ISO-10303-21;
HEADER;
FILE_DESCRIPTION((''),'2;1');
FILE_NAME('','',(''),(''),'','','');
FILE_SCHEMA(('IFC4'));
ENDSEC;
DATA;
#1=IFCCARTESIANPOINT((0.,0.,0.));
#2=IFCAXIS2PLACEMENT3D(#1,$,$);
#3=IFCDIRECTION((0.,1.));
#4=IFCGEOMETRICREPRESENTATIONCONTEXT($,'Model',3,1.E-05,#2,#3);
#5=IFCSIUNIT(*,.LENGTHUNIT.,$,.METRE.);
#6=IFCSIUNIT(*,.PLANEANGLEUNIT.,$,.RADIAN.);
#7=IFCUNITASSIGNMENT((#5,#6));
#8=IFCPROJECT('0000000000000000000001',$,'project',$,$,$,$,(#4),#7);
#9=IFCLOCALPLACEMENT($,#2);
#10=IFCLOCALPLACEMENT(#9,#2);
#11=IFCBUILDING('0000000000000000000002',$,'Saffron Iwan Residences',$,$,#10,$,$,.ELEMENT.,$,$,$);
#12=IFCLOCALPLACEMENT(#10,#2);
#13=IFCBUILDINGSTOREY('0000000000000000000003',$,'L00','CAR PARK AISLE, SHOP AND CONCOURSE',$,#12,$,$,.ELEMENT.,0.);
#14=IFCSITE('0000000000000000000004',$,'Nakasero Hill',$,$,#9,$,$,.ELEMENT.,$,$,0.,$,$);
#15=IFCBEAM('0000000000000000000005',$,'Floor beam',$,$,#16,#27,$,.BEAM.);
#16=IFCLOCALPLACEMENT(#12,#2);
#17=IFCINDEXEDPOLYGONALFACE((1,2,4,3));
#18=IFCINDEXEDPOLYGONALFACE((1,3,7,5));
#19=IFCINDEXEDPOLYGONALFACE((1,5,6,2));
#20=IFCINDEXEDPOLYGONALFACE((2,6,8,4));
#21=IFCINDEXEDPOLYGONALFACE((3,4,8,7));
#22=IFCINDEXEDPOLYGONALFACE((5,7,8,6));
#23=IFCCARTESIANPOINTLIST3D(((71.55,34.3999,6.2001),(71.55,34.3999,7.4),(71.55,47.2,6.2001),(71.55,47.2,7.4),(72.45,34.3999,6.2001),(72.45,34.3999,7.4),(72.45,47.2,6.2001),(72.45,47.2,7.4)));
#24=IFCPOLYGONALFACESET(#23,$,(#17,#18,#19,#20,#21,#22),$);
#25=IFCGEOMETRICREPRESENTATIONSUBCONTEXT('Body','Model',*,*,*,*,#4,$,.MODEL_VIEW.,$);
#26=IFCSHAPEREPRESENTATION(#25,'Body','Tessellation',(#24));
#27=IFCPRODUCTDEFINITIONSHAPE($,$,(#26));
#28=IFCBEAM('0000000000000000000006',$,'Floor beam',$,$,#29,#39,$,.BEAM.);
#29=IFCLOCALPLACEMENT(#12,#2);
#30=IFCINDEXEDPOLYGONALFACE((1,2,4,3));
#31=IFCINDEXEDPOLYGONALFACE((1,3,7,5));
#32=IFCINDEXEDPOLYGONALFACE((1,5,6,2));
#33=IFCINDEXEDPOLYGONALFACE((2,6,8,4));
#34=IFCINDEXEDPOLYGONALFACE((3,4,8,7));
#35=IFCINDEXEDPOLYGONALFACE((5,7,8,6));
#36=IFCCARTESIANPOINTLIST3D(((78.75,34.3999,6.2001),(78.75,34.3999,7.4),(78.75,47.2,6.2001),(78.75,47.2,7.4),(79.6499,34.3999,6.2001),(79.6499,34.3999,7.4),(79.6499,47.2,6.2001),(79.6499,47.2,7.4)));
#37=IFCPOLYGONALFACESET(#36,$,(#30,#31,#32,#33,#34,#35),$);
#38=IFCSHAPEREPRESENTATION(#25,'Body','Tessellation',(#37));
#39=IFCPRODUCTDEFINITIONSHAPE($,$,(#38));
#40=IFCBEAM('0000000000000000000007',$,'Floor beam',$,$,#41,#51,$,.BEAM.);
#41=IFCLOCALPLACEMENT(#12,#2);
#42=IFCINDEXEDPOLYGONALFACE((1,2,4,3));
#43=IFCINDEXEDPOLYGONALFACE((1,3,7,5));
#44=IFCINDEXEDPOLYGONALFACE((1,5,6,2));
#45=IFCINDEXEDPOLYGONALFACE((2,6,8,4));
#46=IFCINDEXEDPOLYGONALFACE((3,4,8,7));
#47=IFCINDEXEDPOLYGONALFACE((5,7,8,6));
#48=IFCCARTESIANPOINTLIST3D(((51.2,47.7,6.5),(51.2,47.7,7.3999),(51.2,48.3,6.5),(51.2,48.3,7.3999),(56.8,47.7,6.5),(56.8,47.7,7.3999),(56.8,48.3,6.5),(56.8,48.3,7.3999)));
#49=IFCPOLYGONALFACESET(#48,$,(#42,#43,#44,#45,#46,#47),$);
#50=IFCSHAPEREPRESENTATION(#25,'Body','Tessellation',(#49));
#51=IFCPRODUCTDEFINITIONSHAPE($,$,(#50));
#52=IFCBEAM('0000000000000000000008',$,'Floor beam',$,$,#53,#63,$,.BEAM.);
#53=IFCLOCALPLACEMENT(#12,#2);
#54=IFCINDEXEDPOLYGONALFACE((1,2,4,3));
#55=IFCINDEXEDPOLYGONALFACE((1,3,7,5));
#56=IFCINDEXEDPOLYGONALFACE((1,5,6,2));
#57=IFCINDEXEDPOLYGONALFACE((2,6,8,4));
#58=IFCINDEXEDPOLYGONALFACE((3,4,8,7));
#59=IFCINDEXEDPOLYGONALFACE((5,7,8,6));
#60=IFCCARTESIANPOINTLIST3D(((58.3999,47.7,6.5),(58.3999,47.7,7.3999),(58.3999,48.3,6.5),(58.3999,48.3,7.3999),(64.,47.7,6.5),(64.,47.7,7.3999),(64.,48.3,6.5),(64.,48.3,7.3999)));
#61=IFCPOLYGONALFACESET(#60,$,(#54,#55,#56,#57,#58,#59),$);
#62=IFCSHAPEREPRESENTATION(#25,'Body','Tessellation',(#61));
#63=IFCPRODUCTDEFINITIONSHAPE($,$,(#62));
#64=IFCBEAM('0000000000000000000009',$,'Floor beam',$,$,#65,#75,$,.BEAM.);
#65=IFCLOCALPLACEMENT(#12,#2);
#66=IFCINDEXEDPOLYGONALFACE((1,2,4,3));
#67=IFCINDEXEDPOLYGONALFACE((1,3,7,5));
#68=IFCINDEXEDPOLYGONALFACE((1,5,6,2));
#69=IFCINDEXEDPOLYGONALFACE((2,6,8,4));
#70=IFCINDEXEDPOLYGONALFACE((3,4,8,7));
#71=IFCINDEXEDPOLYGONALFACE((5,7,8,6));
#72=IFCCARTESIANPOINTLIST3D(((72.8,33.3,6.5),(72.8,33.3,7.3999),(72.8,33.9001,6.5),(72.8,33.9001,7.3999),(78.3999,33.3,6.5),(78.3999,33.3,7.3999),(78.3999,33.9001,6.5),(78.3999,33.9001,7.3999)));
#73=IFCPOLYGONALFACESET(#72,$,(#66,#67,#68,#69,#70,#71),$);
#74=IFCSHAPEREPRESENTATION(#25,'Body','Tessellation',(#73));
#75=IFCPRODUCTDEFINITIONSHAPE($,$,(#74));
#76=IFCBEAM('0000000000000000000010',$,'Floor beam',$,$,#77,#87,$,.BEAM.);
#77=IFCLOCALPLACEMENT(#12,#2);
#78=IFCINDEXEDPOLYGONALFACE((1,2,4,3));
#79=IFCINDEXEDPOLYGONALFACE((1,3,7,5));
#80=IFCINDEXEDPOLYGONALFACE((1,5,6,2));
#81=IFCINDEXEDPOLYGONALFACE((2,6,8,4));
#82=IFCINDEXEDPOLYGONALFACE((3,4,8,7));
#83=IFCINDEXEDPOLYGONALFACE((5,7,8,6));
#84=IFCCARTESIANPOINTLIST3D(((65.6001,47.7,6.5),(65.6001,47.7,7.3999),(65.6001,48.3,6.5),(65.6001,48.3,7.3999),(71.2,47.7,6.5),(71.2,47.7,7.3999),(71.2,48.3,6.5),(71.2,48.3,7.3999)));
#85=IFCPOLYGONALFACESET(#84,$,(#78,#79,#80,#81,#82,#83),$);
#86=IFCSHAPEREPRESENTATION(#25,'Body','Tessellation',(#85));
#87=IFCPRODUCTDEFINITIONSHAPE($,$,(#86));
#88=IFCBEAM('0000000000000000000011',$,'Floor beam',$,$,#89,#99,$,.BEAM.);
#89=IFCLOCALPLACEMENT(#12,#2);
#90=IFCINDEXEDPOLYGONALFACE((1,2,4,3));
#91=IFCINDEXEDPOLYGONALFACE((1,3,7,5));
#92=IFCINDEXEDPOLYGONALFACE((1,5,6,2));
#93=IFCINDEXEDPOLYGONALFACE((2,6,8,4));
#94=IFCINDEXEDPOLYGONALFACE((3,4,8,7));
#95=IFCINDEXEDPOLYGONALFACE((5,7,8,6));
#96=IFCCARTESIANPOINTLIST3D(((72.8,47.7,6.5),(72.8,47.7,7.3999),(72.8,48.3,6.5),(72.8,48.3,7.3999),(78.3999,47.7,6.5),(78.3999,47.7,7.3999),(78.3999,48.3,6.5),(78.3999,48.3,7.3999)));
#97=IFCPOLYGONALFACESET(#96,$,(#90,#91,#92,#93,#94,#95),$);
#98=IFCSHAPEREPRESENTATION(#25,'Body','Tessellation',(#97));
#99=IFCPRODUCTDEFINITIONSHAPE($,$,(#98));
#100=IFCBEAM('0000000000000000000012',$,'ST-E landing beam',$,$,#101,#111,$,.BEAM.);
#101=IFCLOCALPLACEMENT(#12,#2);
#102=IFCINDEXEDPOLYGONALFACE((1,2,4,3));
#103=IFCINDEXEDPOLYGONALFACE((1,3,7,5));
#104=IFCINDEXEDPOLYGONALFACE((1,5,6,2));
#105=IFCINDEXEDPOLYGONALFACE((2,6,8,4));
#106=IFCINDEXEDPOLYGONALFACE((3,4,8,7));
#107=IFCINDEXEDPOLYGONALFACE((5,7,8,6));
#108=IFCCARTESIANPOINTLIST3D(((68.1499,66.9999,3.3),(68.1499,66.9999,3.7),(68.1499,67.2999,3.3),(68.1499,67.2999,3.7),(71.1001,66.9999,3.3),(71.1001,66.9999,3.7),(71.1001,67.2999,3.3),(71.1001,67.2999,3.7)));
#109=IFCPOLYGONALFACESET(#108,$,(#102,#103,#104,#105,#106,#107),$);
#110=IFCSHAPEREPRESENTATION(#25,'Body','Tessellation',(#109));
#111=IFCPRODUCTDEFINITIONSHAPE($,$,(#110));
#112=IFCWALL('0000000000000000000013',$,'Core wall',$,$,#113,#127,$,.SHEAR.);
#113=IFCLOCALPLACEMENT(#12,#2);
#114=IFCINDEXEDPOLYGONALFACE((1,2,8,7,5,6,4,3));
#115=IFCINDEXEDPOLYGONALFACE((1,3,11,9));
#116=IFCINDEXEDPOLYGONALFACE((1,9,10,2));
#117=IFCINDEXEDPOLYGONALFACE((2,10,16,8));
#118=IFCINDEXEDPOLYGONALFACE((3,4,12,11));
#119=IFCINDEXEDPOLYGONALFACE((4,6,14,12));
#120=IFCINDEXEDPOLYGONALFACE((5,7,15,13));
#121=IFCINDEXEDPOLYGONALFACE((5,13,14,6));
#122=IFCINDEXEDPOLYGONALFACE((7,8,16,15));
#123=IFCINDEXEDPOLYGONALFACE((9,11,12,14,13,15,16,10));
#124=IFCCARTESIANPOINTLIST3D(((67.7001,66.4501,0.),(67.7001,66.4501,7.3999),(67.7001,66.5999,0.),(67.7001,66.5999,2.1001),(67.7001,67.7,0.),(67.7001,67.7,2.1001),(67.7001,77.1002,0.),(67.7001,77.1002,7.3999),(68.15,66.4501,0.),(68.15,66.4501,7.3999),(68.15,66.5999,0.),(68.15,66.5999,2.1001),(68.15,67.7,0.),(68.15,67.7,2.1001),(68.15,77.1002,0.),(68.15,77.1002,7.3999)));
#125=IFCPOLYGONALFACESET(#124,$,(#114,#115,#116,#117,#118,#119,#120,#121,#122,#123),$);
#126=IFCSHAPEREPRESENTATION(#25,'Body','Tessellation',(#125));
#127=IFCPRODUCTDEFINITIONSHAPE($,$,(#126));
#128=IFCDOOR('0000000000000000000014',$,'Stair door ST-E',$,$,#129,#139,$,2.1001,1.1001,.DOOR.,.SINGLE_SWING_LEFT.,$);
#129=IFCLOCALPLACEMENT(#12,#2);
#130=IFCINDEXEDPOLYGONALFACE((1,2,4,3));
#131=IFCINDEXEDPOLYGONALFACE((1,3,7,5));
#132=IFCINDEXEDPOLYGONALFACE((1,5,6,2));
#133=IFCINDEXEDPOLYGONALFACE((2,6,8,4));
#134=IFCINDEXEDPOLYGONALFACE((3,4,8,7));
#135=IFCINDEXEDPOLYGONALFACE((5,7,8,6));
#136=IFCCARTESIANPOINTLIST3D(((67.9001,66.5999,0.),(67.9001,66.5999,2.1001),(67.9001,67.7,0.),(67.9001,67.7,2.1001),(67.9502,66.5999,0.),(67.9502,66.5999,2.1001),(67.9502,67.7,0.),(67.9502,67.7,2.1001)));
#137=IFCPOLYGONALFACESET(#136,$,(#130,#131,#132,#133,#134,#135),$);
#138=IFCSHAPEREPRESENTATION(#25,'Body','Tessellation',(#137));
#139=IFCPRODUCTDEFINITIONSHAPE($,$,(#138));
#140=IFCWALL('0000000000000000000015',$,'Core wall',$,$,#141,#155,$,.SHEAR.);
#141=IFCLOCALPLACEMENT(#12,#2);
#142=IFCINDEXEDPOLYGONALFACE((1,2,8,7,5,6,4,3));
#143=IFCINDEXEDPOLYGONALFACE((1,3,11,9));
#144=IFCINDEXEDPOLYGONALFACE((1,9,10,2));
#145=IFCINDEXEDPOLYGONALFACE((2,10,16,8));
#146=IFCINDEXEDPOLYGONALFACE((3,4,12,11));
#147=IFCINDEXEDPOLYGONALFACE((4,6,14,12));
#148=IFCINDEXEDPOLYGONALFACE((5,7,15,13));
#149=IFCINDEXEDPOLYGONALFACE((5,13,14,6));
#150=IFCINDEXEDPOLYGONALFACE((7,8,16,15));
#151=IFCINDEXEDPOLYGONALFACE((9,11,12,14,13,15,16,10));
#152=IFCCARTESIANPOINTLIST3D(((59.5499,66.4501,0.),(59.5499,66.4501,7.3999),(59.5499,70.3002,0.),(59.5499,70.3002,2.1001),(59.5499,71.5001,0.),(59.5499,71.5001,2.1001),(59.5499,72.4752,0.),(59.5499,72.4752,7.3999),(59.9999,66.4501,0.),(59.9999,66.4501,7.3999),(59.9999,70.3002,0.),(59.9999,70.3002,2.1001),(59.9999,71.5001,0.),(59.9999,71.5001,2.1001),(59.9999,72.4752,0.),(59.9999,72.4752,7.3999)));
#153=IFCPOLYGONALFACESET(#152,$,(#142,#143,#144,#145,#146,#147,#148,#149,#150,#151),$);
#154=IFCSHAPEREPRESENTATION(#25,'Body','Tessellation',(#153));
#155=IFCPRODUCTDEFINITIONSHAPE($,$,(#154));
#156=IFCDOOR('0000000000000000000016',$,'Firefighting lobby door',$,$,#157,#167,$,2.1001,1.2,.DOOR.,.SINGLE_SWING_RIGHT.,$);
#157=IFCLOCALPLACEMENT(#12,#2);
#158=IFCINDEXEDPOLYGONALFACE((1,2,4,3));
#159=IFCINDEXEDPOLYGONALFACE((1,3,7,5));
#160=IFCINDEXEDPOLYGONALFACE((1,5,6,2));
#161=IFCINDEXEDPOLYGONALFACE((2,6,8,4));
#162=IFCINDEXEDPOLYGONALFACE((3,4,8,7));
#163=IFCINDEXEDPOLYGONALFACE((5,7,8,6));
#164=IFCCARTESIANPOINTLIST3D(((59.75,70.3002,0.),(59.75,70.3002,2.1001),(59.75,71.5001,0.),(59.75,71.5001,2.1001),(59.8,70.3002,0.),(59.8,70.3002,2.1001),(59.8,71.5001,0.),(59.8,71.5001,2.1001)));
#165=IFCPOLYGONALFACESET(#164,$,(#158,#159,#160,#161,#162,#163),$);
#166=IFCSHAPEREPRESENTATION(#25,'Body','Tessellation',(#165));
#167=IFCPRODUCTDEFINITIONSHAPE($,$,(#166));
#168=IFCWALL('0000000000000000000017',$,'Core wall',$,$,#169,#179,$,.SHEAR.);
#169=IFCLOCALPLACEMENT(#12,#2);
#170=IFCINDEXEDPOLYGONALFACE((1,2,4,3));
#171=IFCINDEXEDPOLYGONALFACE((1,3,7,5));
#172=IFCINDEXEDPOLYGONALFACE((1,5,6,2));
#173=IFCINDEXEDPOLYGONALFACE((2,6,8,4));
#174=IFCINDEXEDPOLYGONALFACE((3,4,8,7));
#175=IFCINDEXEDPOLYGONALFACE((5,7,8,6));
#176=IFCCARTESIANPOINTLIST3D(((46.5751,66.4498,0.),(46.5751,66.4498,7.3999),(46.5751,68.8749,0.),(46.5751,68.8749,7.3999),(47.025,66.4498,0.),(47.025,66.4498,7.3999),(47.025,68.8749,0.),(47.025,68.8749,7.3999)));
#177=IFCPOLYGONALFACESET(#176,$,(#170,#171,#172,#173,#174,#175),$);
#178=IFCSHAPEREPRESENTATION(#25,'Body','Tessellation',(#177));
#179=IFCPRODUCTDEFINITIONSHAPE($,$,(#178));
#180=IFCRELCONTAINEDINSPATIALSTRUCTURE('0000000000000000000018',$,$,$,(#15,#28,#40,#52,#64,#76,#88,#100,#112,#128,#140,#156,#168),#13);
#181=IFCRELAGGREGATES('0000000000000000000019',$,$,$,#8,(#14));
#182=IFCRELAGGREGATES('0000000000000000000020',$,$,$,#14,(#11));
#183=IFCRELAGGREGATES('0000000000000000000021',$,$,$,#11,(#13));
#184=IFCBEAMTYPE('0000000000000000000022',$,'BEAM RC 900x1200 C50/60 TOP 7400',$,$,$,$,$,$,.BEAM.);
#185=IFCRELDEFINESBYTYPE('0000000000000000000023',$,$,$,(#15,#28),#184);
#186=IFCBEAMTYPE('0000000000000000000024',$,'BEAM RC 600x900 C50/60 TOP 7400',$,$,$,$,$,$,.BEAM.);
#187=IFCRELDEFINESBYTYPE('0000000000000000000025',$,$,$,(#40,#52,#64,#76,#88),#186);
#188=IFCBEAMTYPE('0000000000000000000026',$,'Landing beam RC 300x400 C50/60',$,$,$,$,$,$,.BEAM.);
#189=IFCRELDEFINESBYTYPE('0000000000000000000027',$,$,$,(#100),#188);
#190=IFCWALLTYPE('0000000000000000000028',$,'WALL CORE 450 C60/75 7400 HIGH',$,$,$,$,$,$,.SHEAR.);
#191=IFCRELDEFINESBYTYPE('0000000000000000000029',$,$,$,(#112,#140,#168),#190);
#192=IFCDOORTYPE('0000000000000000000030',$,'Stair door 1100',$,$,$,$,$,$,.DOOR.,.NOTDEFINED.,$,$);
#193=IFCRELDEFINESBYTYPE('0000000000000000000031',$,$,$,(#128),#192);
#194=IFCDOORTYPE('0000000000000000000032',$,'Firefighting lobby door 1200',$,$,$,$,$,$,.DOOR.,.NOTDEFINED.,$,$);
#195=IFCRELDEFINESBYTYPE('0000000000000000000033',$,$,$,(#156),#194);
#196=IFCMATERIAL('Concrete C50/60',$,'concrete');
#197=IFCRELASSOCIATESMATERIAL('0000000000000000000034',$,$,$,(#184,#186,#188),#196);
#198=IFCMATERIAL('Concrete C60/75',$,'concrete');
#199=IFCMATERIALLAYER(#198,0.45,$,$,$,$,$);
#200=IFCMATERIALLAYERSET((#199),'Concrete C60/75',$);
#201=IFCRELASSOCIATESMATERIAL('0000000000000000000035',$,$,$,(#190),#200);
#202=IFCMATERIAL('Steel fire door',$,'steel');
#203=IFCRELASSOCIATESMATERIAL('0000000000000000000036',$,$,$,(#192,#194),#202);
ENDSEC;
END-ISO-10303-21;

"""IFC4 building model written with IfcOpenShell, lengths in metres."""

from ifc_helpers import new_model, si_unit, direction, frame, frame_2d, origin, origin_2d, place, context, subcontext, project, spatial, rectangle, extrude, source, transform, mapped, material, layer, layer_set, material_profile, profile_set, type_object, element, fill, save


model = new_model("IFC4")

# Units and contexts
model_context = context("Model", 3, precision=1e-05, world=origin(), true_north=direction((0.0, 1.0)))
body_context = subcontext(model_context, "Body", "Model", "MODEL_VIEW")
ifc_project = project(units=[si_unit("LENGTHUNIT", "METRE"), si_unit("PLANEANGLEUNIT", "RADIAN")], contexts=[model_context])

# Site, building, storey
site_placement = place(None, origin())
site = spatial("IfcSite", under=ifc_project, at=site_placement, Name="Nakasero Hill", CompositionType="ELEMENT", RefElevation=0.0)
building_placement = place(site_placement, origin())
building = spatial("IfcBuilding", under=site, at=building_placement, Name="Saffron Iwan Residences", CompositionType="ELEMENT")
storey_placement = place(building_placement, origin())
storey = spatial("IfcBuildingStorey", under=building, at=storey_placement, Name="L00", Description="CAR PARK AISLE, SHOP AND CONCOURSE", CompositionType="ELEMENT", Elevation=0.0)

# Shared definitions
ifc_material_1 = material(Name="Concrete C50/60", Category="concrete")

# Beams
ifc_material_profile_1 = material_profile(ifc_material_1, rectangle(XDim=0.8999, YDim=1.2, at=origin_2d()), Name="RC 900x1200")
ifc_profile_set_1 = profile_set([ifc_material_profile_1], Name="Concrete C50/60")
beam_type_1 = type_object("IfcBeamType", Name="BEAM RC 900x1200 C50/60 TOP 7400", PredefinedType="BEAM", material=ifc_profile_set_1)
shared_shape_1 = source(origin(), body_context, "Body", "SweptSolid", [
    extrude(rectangle(XDim=0.8999, YDim=1.2, at=origin_2d()), origin(), (0.0, 0.0, 1.0), 12.8),
])
for number, where, z_axis, x_axis, name in (
    (1, (72.0, 34.3999, 6.8), (0.0, 1.0, 0.0), (-1.0, 0.0, 0.0), "Floor beam"),
    (2, (79.2, 34.3999, 6.8), (0.0, 1.0, 0.0), (-1.0, 0.0, 0.0), "Floor beam"),
):
    element("IfcBeam", number, at=place(storey_placement, frame(where, z_axis=z_axis, x_axis=x_axis)), inside=storey, type_object=beam_type_1, Name=name, PredefinedType="BEAM", context=body_context, shape_type="MappedRepresentation", body=[
        mapped(shared_shape_1, transform((0.0, 0.0, 0.0))),
    ])
ifc_material_profile_2 = material_profile(ifc_material_1, rectangle(XDim=0.6001, YDim=0.8999, at=origin_2d()), Name="RC 600x900")
ifc_profile_set_2 = profile_set([ifc_material_profile_2], Name="Concrete C50/60")
beam_type_2 = type_object("IfcBeamType", Name="BEAM RC 600x900 C50/60 TOP 7400", PredefinedType="BEAM", material=ifc_profile_set_2)
shared_shape_2 = source(origin(), body_context, "Body", "SweptSolid", [
    extrude(rectangle(XDim=0.6001, YDim=0.8999, at=origin_2d()), origin(), (0.0, 0.0, 1.0), 5.6001),
])
for number, where, z_axis, x_axis, name in (
    (3, (51.2, 48.0, 6.95), (1.0, 0.0, 0.0), (0.0, 1.0, 0.0), "Floor beam"),
    (4, (58.3999, 48.0, 6.95), (1.0, 0.0, 0.0), (0.0, 1.0, 0.0), "Floor beam"),
):
    element("IfcBeam", number, at=place(storey_placement, frame(where, z_axis=z_axis, x_axis=x_axis)), inside=storey, type_object=beam_type_2, Name=name, PredefinedType="BEAM", context=body_context, shape_type="MappedRepresentation", body=[
        mapped(shared_shape_2, transform((0.0, 0.0, 0.0))),
    ])
shared_shape_3 = source(origin(), body_context, "Body", "SweptSolid", [
    extrude(rectangle(XDim=0.6001, YDim=0.8999, at=origin_2d()), origin(), (0.0, 0.0, 1.0), 5.5999),
])
for number, where, z_axis, x_axis, name in (
    (5, (72.8, 33.6001, 6.95), (1.0, 0.0, 0.0), (0.0, 1.0, 0.0), "Floor beam"),
    (6, (65.6001, 48.0, 6.95), (1.0, 0.0, 0.0), (0.0, 1.0, 0.0), "Floor beam"),
    (7, (72.8, 48.0, 6.95), (1.0, 0.0, 0.0), (0.0, 1.0, 0.0), "Floor beam"),
):
    element("IfcBeam", number, at=place(storey_placement, frame(where, z_axis=z_axis, x_axis=x_axis)), inside=storey, type_object=beam_type_2, Name=name, PredefinedType="BEAM", context=body_context, shape_type="MappedRepresentation", body=[
        mapped(shared_shape_3, transform((0.0, 0.0, 0.0))),
    ])
ifc_material_profile_3 = material_profile(ifc_material_1, rectangle(XDim=0.3, YDim=0.3999, at=origin_2d()), Name="Landing beam RC 300x400 C50/60")
ifc_profile_set_3 = profile_set([ifc_material_profile_3], Name="Concrete C50/60")
beam_type_3 = type_object("IfcBeamType", Name="Landing beam RC 300x400 C50/60", PredefinedType="BEAM", material=ifc_profile_set_3)
shared_shape_4 = source(origin(), body_context, "Body", "SweptSolid", [
    extrude(rectangle(XDim=0.3, YDim=0.3999, at=origin_2d()), origin(), (0.0, 0.0, 1.0), 2.9502),
])
beam_placement = place(storey_placement, frame((71.1001, 67.1499, 3.5), z_axis=(-1.0, 0.0, 0.0), x_axis=(0.0, -1.0, 0.0)))
element("IfcBeam", 8, at=beam_placement, inside=storey, type_object=beam_type_3, Name="ST-E landing beam", PredefinedType="BEAM", context=body_context, shape_type="MappedRepresentation", body=[
    mapped(shared_shape_4, transform((0.0, 0.0, 0.0))),
])

# Walls, openings, doors
ifc_material_2 = material(Name="Concrete C60/75", Category="concrete")
ifc_layer_1 = layer(ifc_material_2, 0.45)
ifc_layer_set_1 = layer_set([ifc_layer_1], Name="Concrete C60/75")
wall_type_1 = type_object("IfcWallType", Name="WALL CORE 450 C60/75 7400 HIGH", PredefinedType="SHEAR", material=ifc_layer_set_1)
wall_1_placement = place(storey_placement, frame((67.925, 66.45, 0.0), z_axis=(0.0, 0.0, 1.0), x_axis=(0.0, 1.0, 0.0)))
wall_1 = element("IfcWall", 9, at=wall_1_placement, inside=storey, type_object=wall_type_1, Name="Core wall", PredefinedType="SHEAR", context=body_context, shape_type="SweptSolid", body=[
    extrude(rectangle(XDim=10.6501, YDim=0.45, at=frame_2d((5.3252, 0.0))), origin(), (0.0, 0.0, 1.0), 7.3999),
])
opening_1_placement = place(wall_1_placement, frame((0.1499, 0.0, 0.0)))
opening_1 = element("IfcOpeningElement", 10, at=opening_1_placement, cuts=wall_1, PredefinedType="OPENING", context=body_context, shape_type="SweptSolid", body=[
    extrude(rectangle(XDim=1.1001, YDim=2.1001, at=frame_2d((0.55, 1.05))), frame((0.0, 0.2349, 0.0), z_axis=(0.0, -1.0, 0.0), x_axis=(1.0, 0.0, 0.0)), (0.0, 0.0, 1.0), 0.47),
])
ifc_material_3 = material(Name="Steel fire door", Category="steel")
door_type_1 = type_object("IfcDoorType", Name="Stair door 1100", OperationType="NOTDEFINED", PredefinedType="DOOR", material=ifc_material_3)
door_1_placement = place(opening_1_placement, origin())
door_1 = element("IfcDoor", 11, at=door_1_placement, inside=storey, type_object=door_type_1, Name="Stair door ST-E", OperationType="SINGLE_SWING_LEFT", OverallHeight=2.1001, OverallWidth=1.1001, PredefinedType="DOOR", context=body_context, shape_type="SweptSolid", body=[
    extrude(rectangle(XDim=1.1001, YDim=2.1001, at=frame_2d((0.55, 1.05))), frame((0.0, 0.0249, 0.0), z_axis=(0.0, -1.0, 0.0), x_axis=(1.0, 0.0, 0.0)), (0.0, 0.0, 1.0), 0.05),
])
fill(opening_1, door_1)
wall_2_placement = place(storey_placement, frame((59.7749, 66.45, 0.0), z_axis=(0.0, 0.0, 1.0), x_axis=(0.0, 1.0, 0.0)))
wall_2 = element("IfcWall", 12, at=wall_2_placement, inside=storey, type_object=wall_type_1, Name="Core wall", PredefinedType="SHEAR", context=body_context, shape_type="SweptSolid", body=[
    extrude(rectangle(XDim=6.0251, YDim=0.45, at=frame_2d((3.0127, 0.0))), origin(), (0.0, 0.0, 1.0), 7.3999),
])
opening_2_placement = place(wall_2_placement, frame((3.8501, 0.0, 0.0)))
opening_2 = element("IfcOpeningElement", 13, at=opening_2_placement, cuts=wall_2, PredefinedType="OPENING", context=body_context, shape_type="SweptSolid", body=[
    extrude(rectangle(XDim=1.2, YDim=2.1001, at=frame_2d((0.6001, 1.05))), frame((0.0, 0.2349, 0.0), z_axis=(0.0, -1.0, 0.0), x_axis=(1.0, 0.0, 0.0)), (0.0, 0.0, 1.0), 0.47),
])
door_type_2 = type_object("IfcDoorType", Name="Firefighting lobby door 1200", OperationType="NOTDEFINED", PredefinedType="DOOR", material=ifc_material_3)
door_2_placement = place(opening_2_placement, origin())
door_2 = element("IfcDoor", 14, at=door_2_placement, inside=storey, type_object=door_type_2, Name="Firefighting lobby door", OperationType="SINGLE_SWING_RIGHT", OverallHeight=2.1001, OverallWidth=1.2, PredefinedType="DOOR", context=body_context, shape_type="SweptSolid", body=[
    extrude(rectangle(XDim=1.2, YDim=2.1001, at=frame_2d((0.6001, 1.05))), frame((0.0, 0.0249, 0.0), z_axis=(0.0, -1.0, 0.0), x_axis=(1.0, 0.0, 0.0)), (0.0, 0.0, 1.0), 0.05),
])
fill(opening_2, door_2)

# Wall
for number, where, z_axis, x_axis, name in (
    (15, (46.8, 66.45, 0.0), (0.0, 0.0, 1.0), (0.0, 1.0, 0.0), "Core wall"),
):
    element("IfcWall", number, at=place(storey_placement, frame(where, z_axis=z_axis, x_axis=x_axis)), inside=storey, type_object=wall_type_1, Name=name, PredefinedType="SHEAR", context=body_context, shape_type="SweptSolid", body=[
        extrude(rectangle(XDim=2.425, YDim=0.45, at=frame_2d((1.2124, 0.0))), origin(), (0.0, 0.0, 1.0), 7.3999),
    ])

save(model, "model.ifc")
